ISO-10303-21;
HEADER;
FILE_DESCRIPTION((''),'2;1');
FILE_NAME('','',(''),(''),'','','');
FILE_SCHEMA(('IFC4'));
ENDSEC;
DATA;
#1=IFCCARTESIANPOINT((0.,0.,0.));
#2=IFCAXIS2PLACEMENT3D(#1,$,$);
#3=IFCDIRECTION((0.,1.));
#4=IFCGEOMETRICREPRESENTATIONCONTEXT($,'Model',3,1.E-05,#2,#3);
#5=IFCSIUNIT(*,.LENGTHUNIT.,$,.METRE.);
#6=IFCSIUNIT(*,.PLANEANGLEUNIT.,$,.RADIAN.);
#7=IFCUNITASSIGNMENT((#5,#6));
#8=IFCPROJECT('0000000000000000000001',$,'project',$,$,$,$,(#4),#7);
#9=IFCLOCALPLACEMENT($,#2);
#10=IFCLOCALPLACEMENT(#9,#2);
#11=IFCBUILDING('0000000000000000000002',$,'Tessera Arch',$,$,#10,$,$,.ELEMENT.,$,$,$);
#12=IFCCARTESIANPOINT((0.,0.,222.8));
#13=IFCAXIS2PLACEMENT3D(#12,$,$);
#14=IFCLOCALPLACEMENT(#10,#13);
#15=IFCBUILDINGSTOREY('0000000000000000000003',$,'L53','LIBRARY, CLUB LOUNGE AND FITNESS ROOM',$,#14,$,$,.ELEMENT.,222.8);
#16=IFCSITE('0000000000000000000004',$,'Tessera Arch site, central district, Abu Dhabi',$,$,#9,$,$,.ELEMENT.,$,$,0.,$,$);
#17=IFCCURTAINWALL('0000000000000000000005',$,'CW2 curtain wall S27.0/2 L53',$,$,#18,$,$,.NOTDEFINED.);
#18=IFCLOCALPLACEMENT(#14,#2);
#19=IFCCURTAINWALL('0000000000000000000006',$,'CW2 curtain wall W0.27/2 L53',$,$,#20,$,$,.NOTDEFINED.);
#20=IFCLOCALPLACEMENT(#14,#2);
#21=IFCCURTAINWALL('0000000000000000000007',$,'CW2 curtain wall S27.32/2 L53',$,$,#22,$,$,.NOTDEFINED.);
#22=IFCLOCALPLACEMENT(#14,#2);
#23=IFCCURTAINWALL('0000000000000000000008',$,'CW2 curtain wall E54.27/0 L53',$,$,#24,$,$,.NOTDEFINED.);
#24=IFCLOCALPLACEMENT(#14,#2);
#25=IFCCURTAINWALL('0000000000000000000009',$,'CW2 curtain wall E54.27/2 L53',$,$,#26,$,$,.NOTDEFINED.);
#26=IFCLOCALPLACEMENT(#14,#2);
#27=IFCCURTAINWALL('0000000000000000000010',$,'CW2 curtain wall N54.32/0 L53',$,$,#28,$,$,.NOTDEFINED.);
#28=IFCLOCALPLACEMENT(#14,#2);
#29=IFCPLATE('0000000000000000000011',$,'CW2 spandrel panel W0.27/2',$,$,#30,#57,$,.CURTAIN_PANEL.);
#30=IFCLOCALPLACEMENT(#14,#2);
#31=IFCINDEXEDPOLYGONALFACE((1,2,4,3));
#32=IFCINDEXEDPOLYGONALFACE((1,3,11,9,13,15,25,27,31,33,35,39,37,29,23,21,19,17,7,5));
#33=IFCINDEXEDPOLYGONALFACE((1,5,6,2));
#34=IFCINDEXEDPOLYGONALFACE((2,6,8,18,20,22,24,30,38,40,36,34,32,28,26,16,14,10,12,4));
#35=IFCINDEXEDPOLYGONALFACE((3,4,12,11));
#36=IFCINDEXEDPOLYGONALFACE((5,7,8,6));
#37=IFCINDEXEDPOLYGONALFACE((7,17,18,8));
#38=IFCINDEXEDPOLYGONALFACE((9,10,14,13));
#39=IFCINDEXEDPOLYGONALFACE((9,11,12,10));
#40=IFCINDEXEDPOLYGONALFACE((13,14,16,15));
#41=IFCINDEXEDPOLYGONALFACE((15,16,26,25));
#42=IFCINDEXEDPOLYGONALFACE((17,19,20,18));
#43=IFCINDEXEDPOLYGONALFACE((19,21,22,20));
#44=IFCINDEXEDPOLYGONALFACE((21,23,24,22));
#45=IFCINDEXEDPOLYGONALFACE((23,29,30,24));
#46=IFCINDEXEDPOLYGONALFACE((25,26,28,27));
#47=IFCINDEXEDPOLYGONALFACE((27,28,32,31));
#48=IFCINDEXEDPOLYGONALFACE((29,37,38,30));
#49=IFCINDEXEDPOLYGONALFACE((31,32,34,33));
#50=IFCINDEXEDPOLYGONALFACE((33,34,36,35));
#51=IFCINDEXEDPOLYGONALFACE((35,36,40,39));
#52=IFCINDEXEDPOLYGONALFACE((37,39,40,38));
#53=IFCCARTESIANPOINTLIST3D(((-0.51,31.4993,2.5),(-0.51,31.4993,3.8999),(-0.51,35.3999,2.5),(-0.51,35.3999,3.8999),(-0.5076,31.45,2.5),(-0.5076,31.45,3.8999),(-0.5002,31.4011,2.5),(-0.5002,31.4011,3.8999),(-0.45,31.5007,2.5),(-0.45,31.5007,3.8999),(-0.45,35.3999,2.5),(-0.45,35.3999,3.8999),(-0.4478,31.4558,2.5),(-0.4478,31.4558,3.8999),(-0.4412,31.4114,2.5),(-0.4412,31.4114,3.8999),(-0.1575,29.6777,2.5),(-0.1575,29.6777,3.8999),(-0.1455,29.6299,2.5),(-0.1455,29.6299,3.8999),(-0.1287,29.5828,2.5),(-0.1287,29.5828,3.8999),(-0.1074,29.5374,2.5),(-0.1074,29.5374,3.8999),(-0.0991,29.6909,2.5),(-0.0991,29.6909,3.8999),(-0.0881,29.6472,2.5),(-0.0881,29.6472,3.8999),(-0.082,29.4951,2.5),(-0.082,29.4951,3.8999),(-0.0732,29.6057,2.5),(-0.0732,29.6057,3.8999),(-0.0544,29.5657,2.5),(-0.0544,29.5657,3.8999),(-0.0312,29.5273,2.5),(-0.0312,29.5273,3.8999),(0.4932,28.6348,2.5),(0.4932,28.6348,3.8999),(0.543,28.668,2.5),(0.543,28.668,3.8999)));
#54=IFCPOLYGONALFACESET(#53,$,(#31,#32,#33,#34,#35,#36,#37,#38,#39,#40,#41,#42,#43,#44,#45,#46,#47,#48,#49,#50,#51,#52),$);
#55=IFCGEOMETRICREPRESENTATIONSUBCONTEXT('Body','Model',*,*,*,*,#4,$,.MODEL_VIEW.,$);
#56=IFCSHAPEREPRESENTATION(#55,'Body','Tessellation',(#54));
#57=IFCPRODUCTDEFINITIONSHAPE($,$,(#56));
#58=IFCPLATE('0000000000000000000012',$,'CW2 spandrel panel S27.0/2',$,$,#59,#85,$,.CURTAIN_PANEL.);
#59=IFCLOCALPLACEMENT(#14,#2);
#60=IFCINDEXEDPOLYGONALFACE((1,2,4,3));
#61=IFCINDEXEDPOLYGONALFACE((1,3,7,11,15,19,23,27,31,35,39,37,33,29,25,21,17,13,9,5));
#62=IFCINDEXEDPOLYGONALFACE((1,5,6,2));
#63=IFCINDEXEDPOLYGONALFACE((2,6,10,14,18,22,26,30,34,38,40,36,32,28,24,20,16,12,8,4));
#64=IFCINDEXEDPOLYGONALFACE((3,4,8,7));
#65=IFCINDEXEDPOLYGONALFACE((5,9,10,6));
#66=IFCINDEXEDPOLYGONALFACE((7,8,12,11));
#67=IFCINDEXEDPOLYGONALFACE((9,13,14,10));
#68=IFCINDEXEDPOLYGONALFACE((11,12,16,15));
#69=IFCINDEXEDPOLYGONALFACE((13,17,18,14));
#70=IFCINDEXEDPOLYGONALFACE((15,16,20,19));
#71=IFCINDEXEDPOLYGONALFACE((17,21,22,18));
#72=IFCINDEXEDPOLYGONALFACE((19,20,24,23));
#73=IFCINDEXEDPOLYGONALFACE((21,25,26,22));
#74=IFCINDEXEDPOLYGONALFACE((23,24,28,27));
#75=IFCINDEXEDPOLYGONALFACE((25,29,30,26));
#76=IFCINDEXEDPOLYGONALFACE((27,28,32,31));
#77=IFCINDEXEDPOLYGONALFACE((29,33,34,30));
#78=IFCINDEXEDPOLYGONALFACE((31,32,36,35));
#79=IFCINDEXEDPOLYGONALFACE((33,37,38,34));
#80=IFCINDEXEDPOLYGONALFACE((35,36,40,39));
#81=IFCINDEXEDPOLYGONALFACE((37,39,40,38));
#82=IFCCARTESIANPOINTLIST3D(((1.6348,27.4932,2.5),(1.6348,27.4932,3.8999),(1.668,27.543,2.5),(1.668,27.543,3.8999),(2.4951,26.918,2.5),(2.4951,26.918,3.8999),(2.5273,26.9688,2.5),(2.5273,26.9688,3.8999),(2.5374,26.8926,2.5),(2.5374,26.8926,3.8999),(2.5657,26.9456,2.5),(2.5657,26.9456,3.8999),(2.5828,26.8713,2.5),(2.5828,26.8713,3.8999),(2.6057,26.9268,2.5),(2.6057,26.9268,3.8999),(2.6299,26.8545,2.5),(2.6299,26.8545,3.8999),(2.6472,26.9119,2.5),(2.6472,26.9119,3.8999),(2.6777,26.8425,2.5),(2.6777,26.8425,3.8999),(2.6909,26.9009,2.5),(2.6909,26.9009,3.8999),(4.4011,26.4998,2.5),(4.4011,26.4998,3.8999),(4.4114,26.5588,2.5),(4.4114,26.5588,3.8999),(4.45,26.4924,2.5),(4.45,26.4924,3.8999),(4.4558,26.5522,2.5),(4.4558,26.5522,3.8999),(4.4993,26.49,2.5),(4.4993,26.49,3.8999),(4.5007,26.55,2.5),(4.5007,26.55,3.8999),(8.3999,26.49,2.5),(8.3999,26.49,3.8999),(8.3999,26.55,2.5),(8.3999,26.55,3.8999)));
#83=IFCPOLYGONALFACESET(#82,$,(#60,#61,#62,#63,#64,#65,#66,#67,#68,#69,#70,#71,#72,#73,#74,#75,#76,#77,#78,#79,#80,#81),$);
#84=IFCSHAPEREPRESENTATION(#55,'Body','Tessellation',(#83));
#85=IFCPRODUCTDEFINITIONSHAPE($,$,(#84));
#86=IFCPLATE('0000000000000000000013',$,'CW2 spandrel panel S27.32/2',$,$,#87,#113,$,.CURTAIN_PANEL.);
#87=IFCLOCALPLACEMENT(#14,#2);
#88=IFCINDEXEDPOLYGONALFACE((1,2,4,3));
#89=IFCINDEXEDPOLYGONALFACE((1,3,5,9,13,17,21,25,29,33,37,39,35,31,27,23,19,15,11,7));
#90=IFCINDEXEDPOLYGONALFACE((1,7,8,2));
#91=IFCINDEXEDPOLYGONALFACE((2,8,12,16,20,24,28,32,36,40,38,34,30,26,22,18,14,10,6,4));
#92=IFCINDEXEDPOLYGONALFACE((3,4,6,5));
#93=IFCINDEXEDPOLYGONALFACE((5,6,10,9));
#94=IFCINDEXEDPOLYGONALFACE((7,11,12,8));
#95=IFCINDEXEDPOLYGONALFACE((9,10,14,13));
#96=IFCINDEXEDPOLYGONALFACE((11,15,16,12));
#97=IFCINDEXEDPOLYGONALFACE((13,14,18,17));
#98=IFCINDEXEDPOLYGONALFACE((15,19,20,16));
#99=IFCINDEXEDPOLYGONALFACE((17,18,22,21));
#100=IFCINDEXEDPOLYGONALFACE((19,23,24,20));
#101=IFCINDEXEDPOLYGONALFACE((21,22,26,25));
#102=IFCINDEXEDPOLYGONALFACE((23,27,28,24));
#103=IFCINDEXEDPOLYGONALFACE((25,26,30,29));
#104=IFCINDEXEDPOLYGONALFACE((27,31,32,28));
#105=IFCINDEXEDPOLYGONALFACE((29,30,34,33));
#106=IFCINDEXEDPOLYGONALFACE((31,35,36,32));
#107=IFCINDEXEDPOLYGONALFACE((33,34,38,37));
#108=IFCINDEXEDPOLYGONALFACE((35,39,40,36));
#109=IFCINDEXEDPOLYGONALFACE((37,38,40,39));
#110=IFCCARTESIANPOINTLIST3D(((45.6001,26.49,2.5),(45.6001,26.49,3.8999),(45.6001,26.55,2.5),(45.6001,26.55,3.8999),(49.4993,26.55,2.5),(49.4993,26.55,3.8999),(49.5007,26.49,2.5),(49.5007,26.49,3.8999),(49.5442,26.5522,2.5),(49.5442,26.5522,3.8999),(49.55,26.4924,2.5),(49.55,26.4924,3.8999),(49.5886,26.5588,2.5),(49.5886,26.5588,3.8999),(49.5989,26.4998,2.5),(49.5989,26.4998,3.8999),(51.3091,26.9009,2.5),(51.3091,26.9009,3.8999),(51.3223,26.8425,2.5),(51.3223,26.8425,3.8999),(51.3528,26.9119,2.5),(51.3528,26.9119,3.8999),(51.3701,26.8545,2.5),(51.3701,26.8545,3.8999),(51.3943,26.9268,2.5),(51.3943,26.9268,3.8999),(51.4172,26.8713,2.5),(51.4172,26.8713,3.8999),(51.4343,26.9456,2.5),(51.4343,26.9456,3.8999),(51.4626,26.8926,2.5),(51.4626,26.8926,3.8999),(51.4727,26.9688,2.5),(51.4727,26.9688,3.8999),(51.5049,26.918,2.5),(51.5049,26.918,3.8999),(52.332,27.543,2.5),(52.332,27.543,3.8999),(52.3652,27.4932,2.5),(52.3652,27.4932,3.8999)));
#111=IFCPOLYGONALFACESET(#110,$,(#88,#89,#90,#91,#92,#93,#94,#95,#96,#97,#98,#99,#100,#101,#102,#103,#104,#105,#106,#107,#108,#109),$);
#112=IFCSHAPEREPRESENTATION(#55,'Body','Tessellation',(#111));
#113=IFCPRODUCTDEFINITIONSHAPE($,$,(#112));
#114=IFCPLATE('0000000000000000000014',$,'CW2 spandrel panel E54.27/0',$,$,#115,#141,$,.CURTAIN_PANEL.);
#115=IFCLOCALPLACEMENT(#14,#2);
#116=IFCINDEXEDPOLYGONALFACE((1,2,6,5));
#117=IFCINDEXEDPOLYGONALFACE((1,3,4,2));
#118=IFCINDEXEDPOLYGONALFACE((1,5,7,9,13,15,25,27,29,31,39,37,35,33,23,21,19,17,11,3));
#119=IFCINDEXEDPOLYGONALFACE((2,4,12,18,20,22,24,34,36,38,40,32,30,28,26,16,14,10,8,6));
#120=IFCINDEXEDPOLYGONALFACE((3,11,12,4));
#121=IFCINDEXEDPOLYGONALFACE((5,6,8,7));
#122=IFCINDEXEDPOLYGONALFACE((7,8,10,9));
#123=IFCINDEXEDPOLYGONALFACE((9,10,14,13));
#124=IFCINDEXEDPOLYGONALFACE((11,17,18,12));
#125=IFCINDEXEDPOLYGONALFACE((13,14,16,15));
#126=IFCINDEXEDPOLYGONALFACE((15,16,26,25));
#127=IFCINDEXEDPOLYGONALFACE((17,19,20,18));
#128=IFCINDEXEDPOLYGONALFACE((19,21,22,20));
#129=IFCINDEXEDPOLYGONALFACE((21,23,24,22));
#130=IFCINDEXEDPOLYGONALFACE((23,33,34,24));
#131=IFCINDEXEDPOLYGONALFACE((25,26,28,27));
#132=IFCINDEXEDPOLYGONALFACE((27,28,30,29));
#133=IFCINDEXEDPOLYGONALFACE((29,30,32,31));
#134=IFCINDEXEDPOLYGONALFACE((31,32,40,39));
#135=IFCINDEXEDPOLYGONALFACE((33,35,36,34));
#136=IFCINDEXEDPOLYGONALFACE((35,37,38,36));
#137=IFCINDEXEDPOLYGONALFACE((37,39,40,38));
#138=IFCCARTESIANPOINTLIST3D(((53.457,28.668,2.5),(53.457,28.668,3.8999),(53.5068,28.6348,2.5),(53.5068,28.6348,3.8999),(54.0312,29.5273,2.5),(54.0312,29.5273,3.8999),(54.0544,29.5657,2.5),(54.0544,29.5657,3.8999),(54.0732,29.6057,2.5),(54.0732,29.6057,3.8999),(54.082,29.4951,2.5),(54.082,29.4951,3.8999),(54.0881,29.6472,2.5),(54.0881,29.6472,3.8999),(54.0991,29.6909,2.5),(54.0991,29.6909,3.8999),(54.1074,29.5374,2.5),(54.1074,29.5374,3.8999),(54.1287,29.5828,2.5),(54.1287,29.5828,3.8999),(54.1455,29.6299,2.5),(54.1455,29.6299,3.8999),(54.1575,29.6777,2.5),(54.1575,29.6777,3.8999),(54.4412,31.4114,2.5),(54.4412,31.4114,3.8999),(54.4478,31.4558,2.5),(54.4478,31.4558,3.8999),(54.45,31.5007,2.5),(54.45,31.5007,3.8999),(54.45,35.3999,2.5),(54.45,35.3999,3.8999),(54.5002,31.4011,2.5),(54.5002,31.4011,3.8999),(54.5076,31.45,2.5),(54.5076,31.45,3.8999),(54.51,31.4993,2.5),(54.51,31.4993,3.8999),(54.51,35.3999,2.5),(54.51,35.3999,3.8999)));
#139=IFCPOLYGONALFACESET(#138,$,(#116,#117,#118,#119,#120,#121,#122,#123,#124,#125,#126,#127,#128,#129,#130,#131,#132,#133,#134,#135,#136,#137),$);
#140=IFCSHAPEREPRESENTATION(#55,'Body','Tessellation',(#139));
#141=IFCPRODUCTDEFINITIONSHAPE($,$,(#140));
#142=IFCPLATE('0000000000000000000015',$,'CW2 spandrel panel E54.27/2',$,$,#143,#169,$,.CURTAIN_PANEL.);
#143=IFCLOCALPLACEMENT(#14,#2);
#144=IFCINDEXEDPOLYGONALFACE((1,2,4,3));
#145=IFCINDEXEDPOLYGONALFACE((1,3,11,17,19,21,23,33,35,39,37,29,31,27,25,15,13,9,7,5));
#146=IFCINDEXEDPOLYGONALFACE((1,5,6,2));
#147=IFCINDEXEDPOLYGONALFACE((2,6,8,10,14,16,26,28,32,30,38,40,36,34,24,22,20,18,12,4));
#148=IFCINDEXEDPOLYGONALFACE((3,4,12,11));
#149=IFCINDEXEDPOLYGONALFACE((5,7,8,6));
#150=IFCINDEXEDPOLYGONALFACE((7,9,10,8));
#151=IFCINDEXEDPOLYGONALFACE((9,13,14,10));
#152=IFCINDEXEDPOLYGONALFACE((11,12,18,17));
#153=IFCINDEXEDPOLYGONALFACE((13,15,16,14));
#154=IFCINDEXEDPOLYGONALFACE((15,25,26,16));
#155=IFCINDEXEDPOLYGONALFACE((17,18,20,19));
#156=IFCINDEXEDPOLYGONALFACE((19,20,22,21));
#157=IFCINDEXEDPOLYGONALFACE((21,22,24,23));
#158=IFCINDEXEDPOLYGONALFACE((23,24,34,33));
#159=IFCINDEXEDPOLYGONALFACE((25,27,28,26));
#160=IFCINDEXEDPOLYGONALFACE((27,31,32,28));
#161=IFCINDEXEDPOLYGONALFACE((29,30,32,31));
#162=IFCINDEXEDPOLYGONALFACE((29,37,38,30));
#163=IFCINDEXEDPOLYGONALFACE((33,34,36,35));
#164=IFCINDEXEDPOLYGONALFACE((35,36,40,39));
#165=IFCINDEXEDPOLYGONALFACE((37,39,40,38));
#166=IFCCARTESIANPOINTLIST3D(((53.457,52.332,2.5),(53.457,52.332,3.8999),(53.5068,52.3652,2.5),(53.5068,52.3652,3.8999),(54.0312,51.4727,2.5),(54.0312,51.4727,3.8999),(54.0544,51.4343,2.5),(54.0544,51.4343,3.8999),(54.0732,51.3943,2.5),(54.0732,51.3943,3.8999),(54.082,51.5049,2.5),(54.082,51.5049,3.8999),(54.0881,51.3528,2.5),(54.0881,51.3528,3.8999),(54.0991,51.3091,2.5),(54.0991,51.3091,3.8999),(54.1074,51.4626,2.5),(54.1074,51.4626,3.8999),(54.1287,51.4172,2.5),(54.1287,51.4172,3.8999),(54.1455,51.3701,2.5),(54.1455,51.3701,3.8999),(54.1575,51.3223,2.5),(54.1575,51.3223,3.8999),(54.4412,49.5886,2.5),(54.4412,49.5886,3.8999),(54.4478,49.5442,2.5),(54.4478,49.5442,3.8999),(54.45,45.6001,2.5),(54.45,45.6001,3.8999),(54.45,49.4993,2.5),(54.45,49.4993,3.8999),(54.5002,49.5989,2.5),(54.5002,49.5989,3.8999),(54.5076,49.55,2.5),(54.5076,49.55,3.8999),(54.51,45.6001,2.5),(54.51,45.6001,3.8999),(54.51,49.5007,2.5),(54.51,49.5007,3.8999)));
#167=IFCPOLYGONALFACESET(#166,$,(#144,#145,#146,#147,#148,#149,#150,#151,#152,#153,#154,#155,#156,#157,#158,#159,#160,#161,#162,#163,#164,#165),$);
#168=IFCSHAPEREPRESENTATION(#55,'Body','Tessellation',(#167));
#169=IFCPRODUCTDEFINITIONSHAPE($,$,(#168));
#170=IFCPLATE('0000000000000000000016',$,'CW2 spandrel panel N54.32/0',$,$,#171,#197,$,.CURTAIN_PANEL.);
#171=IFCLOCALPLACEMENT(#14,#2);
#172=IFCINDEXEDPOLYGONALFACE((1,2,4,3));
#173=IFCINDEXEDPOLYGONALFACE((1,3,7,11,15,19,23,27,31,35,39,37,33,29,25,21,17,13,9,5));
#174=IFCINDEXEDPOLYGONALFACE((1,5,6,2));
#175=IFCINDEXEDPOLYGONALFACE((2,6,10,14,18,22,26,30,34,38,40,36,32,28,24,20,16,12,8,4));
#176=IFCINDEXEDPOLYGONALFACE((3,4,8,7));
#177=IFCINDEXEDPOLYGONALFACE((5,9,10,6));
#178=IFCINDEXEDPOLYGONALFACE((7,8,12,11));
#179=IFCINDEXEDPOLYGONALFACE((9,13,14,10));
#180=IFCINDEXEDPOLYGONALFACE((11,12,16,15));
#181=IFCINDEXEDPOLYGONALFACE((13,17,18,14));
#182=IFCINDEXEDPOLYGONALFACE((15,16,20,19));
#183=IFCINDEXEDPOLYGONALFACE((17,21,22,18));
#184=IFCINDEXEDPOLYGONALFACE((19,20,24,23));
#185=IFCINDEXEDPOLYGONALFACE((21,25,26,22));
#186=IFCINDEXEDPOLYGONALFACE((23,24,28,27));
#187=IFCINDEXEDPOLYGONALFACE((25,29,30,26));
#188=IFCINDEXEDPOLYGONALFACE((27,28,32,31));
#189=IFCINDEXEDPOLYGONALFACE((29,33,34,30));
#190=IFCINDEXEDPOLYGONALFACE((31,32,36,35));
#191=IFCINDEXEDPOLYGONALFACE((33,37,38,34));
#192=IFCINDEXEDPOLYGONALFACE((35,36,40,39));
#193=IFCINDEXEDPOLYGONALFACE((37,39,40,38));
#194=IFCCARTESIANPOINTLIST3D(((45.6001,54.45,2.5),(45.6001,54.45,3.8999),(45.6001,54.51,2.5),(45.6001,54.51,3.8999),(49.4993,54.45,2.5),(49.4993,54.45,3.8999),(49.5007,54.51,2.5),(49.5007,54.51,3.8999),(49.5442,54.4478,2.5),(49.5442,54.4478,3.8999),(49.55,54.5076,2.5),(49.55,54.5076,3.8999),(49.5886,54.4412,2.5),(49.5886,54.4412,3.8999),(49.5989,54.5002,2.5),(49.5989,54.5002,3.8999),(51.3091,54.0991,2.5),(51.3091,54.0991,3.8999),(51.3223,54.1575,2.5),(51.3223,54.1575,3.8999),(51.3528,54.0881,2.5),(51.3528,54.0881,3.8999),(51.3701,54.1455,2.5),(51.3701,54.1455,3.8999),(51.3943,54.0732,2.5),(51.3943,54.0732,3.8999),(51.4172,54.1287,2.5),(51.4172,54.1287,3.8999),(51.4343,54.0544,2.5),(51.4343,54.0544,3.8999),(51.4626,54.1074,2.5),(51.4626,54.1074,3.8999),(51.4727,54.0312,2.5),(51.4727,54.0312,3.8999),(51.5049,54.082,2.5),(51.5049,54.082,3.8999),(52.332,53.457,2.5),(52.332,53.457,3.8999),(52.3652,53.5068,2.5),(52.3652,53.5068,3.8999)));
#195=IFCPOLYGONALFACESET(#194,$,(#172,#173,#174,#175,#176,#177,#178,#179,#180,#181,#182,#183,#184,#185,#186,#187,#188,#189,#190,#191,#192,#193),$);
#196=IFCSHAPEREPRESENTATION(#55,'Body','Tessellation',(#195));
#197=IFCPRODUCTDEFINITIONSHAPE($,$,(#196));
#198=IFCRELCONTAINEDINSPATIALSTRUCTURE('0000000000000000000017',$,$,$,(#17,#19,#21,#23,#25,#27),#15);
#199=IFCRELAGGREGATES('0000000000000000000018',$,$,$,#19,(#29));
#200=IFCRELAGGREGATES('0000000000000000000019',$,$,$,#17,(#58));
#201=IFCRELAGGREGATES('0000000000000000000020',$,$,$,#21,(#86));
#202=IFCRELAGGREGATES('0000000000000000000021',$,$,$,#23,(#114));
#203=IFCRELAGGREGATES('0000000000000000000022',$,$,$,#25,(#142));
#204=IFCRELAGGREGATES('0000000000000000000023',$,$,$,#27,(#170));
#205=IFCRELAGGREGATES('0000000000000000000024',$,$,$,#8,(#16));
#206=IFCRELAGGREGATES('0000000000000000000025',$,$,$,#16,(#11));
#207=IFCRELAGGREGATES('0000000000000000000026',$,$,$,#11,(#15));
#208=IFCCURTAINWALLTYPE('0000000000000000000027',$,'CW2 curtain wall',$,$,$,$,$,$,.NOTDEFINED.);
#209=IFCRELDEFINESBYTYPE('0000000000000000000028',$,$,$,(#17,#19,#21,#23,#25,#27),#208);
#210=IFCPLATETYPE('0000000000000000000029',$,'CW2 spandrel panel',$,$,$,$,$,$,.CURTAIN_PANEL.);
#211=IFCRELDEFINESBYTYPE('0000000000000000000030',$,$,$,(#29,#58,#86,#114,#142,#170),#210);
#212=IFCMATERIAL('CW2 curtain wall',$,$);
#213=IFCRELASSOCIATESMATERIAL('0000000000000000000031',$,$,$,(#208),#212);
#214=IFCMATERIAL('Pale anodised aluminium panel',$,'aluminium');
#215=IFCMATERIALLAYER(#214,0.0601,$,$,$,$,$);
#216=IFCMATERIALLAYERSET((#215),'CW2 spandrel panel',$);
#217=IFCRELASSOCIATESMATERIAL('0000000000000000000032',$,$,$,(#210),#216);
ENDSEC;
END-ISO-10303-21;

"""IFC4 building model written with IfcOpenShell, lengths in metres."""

from ifc_helpers import new_model, si_unit, direction, frame, origin, place, context, subcontext, project, spatial, polyline, outline, extrude, material, layer, layer_set, type_object, element, aggregate, save


model = new_model("IFC4")

# Units and contexts
model_context = context("Model", 3, precision=1e-05, world=origin(), true_north=direction((0.0, 1.0)))
body_context = subcontext(model_context, "Body", "Model", "MODEL_VIEW")
ifc_project = project(units=[si_unit("LENGTHUNIT", "METRE"), si_unit("PLANEANGLEUNIT", "RADIAN")], contexts=[model_context])

# Site, building, storey
site_placement = place(None, origin())
site = spatial("IfcSite", under=ifc_project, at=site_placement, Name="Tessera Arch site, central district, Abu Dhabi", CompositionType="ELEMENT", RefElevation=0.0)
building_placement = place(site_placement, origin())
building = spatial("IfcBuilding", under=site, at=building_placement, Name="Tessera Arch", CompositionType="ELEMENT")
storey_placement = place(building_placement, frame((0.0, 0.0, 222.8)))
storey = spatial("IfcBuildingStorey", under=building, at=storey_placement, Name="L53", Description="LIBRARY, CLUB LOUNGE AND FITNESS ROOM", CompositionType="ELEMENT", Elevation=222.8)

# Curtain walls
ifc_material_1 = material(Name="CW2 curtain wall")
curtain_wall_type_1 = type_object("IfcCurtainWallType", Name="CW2 curtain wall", PredefinedType="NOTDEFINED", material=ifc_material_1)
curtain_wall_1_placement = place(storey_placement, origin())
curtain_wall_1 = element("IfcCurtainWall", 1, at=curtain_wall_1_placement, inside=storey, type_object=curtain_wall_type_1, Name="CW2 curtain wall S27.0/2 L53", PredefinedType="NOTDEFINED")
curtain_wall_2_placement = place(storey_placement, origin())
curtain_wall_2 = element("IfcCurtainWall", 2, at=curtain_wall_2_placement, inside=storey, type_object=curtain_wall_type_1, Name="CW2 curtain wall W0.27/2 L53", PredefinedType="NOTDEFINED")

# Curtain walls
curtain_wall_3_placement = place(storey_placement, origin())
curtain_wall_3 = element("IfcCurtainWall", 3, at=curtain_wall_3_placement, inside=storey, type_object=curtain_wall_type_1, Name="CW2 curtain wall S27.32/2 L53", PredefinedType="NOTDEFINED")
curtain_wall_4_placement = place(storey_placement, origin())
curtain_wall_4 = element("IfcCurtainWall", 4, at=curtain_wall_4_placement, inside=storey, type_object=curtain_wall_type_1, Name="CW2 curtain wall E54.27/0 L53", PredefinedType="NOTDEFINED")
curtain_wall_5_placement = place(storey_placement, origin())
curtain_wall_5 = element("IfcCurtainWall", 5, at=curtain_wall_5_placement, inside=storey, type_object=curtain_wall_type_1, Name="CW2 curtain wall E54.27/2 L53", PredefinedType="NOTDEFINED")
curtain_wall_6_placement = place(storey_placement, origin())
curtain_wall_6 = element("IfcCurtainWall", 6, at=curtain_wall_6_placement, inside=storey, type_object=curtain_wall_type_1, Name="CW2 curtain wall N54.32/0 L53", PredefinedType="NOTDEFINED")

# Plates
ifc_material_2 = material(Name="Pale anodised aluminium panel", Category="aluminium")
ifc_layer_1 = layer(ifc_material_2, 0.0601)
ifc_layer_set_1 = layer_set([ifc_layer_1], Name="CW2 spandrel panel")
plate_type_1 = type_object("IfcPlateType", Name="CW2 spandrel panel", PredefinedType="CURTAIN_PANEL", material=ifc_layer_set_1)
plate_1_placement = place(storey_placement, frame((0.0, 0.0, 2.5)))
plate_1 = element("IfcPlate", 7, at=plate_1_placement, type_object=plate_type_1, Name="CW2 spandrel panel W0.27/2", PredefinedType="CURTAIN_PANEL", context=body_context, shape_type="SweptSolid", body=[
    extrude(outline(polyline([(-0.45, 31.5007), (-0.45, 35.3999), (-0.51, 35.3999), (-0.51, 31.4993), (-0.5076, 31.45), (-0.5002, 31.4011), (-0.1575, 29.6777), (-0.1455, 29.6299), (-0.1287, 29.5828), (-0.1074, 29.5374), (-0.082, 29.4951), (0.4932, 28.6348), (0.543, 28.668), (-0.0312, 29.5273), (-0.0544, 29.5657), (-0.0732, 29.6057), (-0.0881, 29.6472), (-0.0991, 29.6909), (-0.4412, 31.4114), (-0.4478, 31.4558), (-0.45, 31.5007)])), origin(), (0.0, 0.0, 1.0), 1.3999),
])
aggregate(curtain_wall_2, [plate_1])
plate_2_placement = place(storey_placement, frame((0.0, 0.0, 2.5)))
plate_2 = element("IfcPlate", 8, at=plate_2_placement, type_object=plate_type_1, Name="CW2 spandrel panel S27.0/2", PredefinedType="CURTAIN_PANEL", context=body_context, shape_type="SweptSolid", body=[
    extrude(outline(polyline([(2.5273, 26.9688), (1.668, 27.543), (1.6348, 27.4932), (2.4951, 26.918), (2.5374, 26.8926), (2.5828, 26.8713), (2.6299, 26.8545), (2.6777, 26.8425), (4.4011, 26.4998), (4.45, 26.4924), (4.4993, 26.49), (8.3999, 26.49), (8.3999, 26.55), (4.5007, 26.55), (4.4558, 26.5522), (4.4114, 26.5588), (2.6909, 26.9009), (2.6472, 26.9119), (2.6057, 26.9268), (2.5657, 26.9456), (2.5273, 26.9688)])), origin(), (0.0, 0.0, 1.0), 1.3999),
])
aggregate(curtain_wall_1, [plate_2])
plate_3_placement = place(storey_placement, frame((0.0, 0.0, 2.5)))
plate_3 = element("IfcPlate", 9, at=plate_3_placement, type_object=plate_type_1, Name="CW2 spandrel panel S27.32/2", PredefinedType="CURTAIN_PANEL", context=body_context, shape_type="SweptSolid", body=[
    extrude(outline(polyline([(49.4993, 26.55), (45.6001, 26.55), (45.6001, 26.49), (49.5007, 26.49), (49.55, 26.4924), (49.5989, 26.4998), (51.3223, 26.8425), (51.3701, 26.8545), (51.4172, 26.8713), (51.4626, 26.8926), (51.5049, 26.918), (52.3652, 27.4932), (52.332, 27.543), (51.4727, 26.9688), (51.4343, 26.9456), (51.3943, 26.9268), (51.3528, 26.9119), (51.3091, 26.9009), (49.5886, 26.5588), (49.5442, 26.5522), (49.4993, 26.55)])), origin(), (0.0, 0.0, 1.0), 1.3999),
])
aggregate(curtain_wall_3, [plate_3])
plate_4_placement = place(storey_placement, frame((0.0, 0.0, 2.5)))
plate_4 = element("IfcPlate", 10, at=plate_4_placement, type_object=plate_type_1, Name="CW2 spandrel panel E54.27/0", PredefinedType="CURTAIN_PANEL", context=body_context, shape_type="SweptSolid", body=[
    extrude(outline(polyline([(54.0312, 29.5273), (53.457, 28.668), (53.5068, 28.6348), (54.082, 29.4951), (54.1074, 29.5374), (54.1287, 29.5828), (54.1455, 29.6299), (54.1575, 29.6777), (54.5002, 31.4011), (54.5076, 31.45), (54.51, 31.4993), (54.51, 35.3999), (54.45, 35.3999), (54.45, 31.5007), (54.4478, 31.4558), (54.4412, 31.4114), (54.0991, 29.6909), (54.0881, 29.6472), (54.0732, 29.6057), (54.0544, 29.5657), (54.0312, 29.5273)])), origin(), (0.0, 0.0, 1.0), 1.3999),
])
aggregate(curtain_wall_4, [plate_4])
plate_5_placement = place(storey_placement, frame((0.0, 0.0, 2.5)))
plate_5 = element("IfcPlate", 11, at=plate_5_placement, type_object=plate_type_1, Name="CW2 spandrel panel E54.27/2", PredefinedType="CURTAIN_PANEL", context=body_context, shape_type="SweptSolid", body=[
    extrude(outline(polyline([(54.45, 49.4993), (54.45, 45.6001), (54.51, 45.6001), (54.51, 49.5007), (54.5076, 49.55), (54.5002, 49.5989), (54.1575, 51.3223), (54.1455, 51.3701), (54.1287, 51.4172), (54.1074, 51.4626), (54.082, 51.5049), (53.5068, 52.3652), (53.457, 52.332), (54.0312, 51.4727), (54.0544, 51.4343), (54.0732, 51.3943), (54.0881, 51.3528), (54.0991, 51.3091), (54.4412, 49.5886), (54.4478, 49.5442), (54.45, 49.4993)])), origin(), (0.0, 0.0, 1.0), 1.3999),
])
aggregate(curtain_wall_5, [plate_5])
plate_6_placement = place(storey_placement, frame((0.0, 0.0, 2.5)))
plate_6 = element("IfcPlate", 12, at=plate_6_placement, type_object=plate_type_1, Name="CW2 spandrel panel N54.32/0", PredefinedType="CURTAIN_PANEL", context=body_context, shape_type="SweptSolid", body=[
    extrude(outline(polyline([(51.4727, 54.0312), (52.332, 53.457), (52.3652, 53.5068), (51.5049, 54.082), (51.4626, 54.1074), (51.4172, 54.1287), (51.3701, 54.1455), (51.3223, 54.1575), (49.5989, 54.5002), (49.55, 54.5076), (49.5007, 54.51), (45.6001, 54.51), (45.6001, 54.45), (49.4993, 54.45), (49.5442, 54.4478), (49.5886, 54.4412), (51.3091, 54.0991), (51.3528, 54.0881), (51.3943, 54.0732), (51.4343, 54.0544), (51.4727, 54.0312)])), origin(), (0.0, 0.0, 1.0), 1.3999),
])
aggregate(curtain_wall_6, [plate_6])

save(model, "model.ifc")
